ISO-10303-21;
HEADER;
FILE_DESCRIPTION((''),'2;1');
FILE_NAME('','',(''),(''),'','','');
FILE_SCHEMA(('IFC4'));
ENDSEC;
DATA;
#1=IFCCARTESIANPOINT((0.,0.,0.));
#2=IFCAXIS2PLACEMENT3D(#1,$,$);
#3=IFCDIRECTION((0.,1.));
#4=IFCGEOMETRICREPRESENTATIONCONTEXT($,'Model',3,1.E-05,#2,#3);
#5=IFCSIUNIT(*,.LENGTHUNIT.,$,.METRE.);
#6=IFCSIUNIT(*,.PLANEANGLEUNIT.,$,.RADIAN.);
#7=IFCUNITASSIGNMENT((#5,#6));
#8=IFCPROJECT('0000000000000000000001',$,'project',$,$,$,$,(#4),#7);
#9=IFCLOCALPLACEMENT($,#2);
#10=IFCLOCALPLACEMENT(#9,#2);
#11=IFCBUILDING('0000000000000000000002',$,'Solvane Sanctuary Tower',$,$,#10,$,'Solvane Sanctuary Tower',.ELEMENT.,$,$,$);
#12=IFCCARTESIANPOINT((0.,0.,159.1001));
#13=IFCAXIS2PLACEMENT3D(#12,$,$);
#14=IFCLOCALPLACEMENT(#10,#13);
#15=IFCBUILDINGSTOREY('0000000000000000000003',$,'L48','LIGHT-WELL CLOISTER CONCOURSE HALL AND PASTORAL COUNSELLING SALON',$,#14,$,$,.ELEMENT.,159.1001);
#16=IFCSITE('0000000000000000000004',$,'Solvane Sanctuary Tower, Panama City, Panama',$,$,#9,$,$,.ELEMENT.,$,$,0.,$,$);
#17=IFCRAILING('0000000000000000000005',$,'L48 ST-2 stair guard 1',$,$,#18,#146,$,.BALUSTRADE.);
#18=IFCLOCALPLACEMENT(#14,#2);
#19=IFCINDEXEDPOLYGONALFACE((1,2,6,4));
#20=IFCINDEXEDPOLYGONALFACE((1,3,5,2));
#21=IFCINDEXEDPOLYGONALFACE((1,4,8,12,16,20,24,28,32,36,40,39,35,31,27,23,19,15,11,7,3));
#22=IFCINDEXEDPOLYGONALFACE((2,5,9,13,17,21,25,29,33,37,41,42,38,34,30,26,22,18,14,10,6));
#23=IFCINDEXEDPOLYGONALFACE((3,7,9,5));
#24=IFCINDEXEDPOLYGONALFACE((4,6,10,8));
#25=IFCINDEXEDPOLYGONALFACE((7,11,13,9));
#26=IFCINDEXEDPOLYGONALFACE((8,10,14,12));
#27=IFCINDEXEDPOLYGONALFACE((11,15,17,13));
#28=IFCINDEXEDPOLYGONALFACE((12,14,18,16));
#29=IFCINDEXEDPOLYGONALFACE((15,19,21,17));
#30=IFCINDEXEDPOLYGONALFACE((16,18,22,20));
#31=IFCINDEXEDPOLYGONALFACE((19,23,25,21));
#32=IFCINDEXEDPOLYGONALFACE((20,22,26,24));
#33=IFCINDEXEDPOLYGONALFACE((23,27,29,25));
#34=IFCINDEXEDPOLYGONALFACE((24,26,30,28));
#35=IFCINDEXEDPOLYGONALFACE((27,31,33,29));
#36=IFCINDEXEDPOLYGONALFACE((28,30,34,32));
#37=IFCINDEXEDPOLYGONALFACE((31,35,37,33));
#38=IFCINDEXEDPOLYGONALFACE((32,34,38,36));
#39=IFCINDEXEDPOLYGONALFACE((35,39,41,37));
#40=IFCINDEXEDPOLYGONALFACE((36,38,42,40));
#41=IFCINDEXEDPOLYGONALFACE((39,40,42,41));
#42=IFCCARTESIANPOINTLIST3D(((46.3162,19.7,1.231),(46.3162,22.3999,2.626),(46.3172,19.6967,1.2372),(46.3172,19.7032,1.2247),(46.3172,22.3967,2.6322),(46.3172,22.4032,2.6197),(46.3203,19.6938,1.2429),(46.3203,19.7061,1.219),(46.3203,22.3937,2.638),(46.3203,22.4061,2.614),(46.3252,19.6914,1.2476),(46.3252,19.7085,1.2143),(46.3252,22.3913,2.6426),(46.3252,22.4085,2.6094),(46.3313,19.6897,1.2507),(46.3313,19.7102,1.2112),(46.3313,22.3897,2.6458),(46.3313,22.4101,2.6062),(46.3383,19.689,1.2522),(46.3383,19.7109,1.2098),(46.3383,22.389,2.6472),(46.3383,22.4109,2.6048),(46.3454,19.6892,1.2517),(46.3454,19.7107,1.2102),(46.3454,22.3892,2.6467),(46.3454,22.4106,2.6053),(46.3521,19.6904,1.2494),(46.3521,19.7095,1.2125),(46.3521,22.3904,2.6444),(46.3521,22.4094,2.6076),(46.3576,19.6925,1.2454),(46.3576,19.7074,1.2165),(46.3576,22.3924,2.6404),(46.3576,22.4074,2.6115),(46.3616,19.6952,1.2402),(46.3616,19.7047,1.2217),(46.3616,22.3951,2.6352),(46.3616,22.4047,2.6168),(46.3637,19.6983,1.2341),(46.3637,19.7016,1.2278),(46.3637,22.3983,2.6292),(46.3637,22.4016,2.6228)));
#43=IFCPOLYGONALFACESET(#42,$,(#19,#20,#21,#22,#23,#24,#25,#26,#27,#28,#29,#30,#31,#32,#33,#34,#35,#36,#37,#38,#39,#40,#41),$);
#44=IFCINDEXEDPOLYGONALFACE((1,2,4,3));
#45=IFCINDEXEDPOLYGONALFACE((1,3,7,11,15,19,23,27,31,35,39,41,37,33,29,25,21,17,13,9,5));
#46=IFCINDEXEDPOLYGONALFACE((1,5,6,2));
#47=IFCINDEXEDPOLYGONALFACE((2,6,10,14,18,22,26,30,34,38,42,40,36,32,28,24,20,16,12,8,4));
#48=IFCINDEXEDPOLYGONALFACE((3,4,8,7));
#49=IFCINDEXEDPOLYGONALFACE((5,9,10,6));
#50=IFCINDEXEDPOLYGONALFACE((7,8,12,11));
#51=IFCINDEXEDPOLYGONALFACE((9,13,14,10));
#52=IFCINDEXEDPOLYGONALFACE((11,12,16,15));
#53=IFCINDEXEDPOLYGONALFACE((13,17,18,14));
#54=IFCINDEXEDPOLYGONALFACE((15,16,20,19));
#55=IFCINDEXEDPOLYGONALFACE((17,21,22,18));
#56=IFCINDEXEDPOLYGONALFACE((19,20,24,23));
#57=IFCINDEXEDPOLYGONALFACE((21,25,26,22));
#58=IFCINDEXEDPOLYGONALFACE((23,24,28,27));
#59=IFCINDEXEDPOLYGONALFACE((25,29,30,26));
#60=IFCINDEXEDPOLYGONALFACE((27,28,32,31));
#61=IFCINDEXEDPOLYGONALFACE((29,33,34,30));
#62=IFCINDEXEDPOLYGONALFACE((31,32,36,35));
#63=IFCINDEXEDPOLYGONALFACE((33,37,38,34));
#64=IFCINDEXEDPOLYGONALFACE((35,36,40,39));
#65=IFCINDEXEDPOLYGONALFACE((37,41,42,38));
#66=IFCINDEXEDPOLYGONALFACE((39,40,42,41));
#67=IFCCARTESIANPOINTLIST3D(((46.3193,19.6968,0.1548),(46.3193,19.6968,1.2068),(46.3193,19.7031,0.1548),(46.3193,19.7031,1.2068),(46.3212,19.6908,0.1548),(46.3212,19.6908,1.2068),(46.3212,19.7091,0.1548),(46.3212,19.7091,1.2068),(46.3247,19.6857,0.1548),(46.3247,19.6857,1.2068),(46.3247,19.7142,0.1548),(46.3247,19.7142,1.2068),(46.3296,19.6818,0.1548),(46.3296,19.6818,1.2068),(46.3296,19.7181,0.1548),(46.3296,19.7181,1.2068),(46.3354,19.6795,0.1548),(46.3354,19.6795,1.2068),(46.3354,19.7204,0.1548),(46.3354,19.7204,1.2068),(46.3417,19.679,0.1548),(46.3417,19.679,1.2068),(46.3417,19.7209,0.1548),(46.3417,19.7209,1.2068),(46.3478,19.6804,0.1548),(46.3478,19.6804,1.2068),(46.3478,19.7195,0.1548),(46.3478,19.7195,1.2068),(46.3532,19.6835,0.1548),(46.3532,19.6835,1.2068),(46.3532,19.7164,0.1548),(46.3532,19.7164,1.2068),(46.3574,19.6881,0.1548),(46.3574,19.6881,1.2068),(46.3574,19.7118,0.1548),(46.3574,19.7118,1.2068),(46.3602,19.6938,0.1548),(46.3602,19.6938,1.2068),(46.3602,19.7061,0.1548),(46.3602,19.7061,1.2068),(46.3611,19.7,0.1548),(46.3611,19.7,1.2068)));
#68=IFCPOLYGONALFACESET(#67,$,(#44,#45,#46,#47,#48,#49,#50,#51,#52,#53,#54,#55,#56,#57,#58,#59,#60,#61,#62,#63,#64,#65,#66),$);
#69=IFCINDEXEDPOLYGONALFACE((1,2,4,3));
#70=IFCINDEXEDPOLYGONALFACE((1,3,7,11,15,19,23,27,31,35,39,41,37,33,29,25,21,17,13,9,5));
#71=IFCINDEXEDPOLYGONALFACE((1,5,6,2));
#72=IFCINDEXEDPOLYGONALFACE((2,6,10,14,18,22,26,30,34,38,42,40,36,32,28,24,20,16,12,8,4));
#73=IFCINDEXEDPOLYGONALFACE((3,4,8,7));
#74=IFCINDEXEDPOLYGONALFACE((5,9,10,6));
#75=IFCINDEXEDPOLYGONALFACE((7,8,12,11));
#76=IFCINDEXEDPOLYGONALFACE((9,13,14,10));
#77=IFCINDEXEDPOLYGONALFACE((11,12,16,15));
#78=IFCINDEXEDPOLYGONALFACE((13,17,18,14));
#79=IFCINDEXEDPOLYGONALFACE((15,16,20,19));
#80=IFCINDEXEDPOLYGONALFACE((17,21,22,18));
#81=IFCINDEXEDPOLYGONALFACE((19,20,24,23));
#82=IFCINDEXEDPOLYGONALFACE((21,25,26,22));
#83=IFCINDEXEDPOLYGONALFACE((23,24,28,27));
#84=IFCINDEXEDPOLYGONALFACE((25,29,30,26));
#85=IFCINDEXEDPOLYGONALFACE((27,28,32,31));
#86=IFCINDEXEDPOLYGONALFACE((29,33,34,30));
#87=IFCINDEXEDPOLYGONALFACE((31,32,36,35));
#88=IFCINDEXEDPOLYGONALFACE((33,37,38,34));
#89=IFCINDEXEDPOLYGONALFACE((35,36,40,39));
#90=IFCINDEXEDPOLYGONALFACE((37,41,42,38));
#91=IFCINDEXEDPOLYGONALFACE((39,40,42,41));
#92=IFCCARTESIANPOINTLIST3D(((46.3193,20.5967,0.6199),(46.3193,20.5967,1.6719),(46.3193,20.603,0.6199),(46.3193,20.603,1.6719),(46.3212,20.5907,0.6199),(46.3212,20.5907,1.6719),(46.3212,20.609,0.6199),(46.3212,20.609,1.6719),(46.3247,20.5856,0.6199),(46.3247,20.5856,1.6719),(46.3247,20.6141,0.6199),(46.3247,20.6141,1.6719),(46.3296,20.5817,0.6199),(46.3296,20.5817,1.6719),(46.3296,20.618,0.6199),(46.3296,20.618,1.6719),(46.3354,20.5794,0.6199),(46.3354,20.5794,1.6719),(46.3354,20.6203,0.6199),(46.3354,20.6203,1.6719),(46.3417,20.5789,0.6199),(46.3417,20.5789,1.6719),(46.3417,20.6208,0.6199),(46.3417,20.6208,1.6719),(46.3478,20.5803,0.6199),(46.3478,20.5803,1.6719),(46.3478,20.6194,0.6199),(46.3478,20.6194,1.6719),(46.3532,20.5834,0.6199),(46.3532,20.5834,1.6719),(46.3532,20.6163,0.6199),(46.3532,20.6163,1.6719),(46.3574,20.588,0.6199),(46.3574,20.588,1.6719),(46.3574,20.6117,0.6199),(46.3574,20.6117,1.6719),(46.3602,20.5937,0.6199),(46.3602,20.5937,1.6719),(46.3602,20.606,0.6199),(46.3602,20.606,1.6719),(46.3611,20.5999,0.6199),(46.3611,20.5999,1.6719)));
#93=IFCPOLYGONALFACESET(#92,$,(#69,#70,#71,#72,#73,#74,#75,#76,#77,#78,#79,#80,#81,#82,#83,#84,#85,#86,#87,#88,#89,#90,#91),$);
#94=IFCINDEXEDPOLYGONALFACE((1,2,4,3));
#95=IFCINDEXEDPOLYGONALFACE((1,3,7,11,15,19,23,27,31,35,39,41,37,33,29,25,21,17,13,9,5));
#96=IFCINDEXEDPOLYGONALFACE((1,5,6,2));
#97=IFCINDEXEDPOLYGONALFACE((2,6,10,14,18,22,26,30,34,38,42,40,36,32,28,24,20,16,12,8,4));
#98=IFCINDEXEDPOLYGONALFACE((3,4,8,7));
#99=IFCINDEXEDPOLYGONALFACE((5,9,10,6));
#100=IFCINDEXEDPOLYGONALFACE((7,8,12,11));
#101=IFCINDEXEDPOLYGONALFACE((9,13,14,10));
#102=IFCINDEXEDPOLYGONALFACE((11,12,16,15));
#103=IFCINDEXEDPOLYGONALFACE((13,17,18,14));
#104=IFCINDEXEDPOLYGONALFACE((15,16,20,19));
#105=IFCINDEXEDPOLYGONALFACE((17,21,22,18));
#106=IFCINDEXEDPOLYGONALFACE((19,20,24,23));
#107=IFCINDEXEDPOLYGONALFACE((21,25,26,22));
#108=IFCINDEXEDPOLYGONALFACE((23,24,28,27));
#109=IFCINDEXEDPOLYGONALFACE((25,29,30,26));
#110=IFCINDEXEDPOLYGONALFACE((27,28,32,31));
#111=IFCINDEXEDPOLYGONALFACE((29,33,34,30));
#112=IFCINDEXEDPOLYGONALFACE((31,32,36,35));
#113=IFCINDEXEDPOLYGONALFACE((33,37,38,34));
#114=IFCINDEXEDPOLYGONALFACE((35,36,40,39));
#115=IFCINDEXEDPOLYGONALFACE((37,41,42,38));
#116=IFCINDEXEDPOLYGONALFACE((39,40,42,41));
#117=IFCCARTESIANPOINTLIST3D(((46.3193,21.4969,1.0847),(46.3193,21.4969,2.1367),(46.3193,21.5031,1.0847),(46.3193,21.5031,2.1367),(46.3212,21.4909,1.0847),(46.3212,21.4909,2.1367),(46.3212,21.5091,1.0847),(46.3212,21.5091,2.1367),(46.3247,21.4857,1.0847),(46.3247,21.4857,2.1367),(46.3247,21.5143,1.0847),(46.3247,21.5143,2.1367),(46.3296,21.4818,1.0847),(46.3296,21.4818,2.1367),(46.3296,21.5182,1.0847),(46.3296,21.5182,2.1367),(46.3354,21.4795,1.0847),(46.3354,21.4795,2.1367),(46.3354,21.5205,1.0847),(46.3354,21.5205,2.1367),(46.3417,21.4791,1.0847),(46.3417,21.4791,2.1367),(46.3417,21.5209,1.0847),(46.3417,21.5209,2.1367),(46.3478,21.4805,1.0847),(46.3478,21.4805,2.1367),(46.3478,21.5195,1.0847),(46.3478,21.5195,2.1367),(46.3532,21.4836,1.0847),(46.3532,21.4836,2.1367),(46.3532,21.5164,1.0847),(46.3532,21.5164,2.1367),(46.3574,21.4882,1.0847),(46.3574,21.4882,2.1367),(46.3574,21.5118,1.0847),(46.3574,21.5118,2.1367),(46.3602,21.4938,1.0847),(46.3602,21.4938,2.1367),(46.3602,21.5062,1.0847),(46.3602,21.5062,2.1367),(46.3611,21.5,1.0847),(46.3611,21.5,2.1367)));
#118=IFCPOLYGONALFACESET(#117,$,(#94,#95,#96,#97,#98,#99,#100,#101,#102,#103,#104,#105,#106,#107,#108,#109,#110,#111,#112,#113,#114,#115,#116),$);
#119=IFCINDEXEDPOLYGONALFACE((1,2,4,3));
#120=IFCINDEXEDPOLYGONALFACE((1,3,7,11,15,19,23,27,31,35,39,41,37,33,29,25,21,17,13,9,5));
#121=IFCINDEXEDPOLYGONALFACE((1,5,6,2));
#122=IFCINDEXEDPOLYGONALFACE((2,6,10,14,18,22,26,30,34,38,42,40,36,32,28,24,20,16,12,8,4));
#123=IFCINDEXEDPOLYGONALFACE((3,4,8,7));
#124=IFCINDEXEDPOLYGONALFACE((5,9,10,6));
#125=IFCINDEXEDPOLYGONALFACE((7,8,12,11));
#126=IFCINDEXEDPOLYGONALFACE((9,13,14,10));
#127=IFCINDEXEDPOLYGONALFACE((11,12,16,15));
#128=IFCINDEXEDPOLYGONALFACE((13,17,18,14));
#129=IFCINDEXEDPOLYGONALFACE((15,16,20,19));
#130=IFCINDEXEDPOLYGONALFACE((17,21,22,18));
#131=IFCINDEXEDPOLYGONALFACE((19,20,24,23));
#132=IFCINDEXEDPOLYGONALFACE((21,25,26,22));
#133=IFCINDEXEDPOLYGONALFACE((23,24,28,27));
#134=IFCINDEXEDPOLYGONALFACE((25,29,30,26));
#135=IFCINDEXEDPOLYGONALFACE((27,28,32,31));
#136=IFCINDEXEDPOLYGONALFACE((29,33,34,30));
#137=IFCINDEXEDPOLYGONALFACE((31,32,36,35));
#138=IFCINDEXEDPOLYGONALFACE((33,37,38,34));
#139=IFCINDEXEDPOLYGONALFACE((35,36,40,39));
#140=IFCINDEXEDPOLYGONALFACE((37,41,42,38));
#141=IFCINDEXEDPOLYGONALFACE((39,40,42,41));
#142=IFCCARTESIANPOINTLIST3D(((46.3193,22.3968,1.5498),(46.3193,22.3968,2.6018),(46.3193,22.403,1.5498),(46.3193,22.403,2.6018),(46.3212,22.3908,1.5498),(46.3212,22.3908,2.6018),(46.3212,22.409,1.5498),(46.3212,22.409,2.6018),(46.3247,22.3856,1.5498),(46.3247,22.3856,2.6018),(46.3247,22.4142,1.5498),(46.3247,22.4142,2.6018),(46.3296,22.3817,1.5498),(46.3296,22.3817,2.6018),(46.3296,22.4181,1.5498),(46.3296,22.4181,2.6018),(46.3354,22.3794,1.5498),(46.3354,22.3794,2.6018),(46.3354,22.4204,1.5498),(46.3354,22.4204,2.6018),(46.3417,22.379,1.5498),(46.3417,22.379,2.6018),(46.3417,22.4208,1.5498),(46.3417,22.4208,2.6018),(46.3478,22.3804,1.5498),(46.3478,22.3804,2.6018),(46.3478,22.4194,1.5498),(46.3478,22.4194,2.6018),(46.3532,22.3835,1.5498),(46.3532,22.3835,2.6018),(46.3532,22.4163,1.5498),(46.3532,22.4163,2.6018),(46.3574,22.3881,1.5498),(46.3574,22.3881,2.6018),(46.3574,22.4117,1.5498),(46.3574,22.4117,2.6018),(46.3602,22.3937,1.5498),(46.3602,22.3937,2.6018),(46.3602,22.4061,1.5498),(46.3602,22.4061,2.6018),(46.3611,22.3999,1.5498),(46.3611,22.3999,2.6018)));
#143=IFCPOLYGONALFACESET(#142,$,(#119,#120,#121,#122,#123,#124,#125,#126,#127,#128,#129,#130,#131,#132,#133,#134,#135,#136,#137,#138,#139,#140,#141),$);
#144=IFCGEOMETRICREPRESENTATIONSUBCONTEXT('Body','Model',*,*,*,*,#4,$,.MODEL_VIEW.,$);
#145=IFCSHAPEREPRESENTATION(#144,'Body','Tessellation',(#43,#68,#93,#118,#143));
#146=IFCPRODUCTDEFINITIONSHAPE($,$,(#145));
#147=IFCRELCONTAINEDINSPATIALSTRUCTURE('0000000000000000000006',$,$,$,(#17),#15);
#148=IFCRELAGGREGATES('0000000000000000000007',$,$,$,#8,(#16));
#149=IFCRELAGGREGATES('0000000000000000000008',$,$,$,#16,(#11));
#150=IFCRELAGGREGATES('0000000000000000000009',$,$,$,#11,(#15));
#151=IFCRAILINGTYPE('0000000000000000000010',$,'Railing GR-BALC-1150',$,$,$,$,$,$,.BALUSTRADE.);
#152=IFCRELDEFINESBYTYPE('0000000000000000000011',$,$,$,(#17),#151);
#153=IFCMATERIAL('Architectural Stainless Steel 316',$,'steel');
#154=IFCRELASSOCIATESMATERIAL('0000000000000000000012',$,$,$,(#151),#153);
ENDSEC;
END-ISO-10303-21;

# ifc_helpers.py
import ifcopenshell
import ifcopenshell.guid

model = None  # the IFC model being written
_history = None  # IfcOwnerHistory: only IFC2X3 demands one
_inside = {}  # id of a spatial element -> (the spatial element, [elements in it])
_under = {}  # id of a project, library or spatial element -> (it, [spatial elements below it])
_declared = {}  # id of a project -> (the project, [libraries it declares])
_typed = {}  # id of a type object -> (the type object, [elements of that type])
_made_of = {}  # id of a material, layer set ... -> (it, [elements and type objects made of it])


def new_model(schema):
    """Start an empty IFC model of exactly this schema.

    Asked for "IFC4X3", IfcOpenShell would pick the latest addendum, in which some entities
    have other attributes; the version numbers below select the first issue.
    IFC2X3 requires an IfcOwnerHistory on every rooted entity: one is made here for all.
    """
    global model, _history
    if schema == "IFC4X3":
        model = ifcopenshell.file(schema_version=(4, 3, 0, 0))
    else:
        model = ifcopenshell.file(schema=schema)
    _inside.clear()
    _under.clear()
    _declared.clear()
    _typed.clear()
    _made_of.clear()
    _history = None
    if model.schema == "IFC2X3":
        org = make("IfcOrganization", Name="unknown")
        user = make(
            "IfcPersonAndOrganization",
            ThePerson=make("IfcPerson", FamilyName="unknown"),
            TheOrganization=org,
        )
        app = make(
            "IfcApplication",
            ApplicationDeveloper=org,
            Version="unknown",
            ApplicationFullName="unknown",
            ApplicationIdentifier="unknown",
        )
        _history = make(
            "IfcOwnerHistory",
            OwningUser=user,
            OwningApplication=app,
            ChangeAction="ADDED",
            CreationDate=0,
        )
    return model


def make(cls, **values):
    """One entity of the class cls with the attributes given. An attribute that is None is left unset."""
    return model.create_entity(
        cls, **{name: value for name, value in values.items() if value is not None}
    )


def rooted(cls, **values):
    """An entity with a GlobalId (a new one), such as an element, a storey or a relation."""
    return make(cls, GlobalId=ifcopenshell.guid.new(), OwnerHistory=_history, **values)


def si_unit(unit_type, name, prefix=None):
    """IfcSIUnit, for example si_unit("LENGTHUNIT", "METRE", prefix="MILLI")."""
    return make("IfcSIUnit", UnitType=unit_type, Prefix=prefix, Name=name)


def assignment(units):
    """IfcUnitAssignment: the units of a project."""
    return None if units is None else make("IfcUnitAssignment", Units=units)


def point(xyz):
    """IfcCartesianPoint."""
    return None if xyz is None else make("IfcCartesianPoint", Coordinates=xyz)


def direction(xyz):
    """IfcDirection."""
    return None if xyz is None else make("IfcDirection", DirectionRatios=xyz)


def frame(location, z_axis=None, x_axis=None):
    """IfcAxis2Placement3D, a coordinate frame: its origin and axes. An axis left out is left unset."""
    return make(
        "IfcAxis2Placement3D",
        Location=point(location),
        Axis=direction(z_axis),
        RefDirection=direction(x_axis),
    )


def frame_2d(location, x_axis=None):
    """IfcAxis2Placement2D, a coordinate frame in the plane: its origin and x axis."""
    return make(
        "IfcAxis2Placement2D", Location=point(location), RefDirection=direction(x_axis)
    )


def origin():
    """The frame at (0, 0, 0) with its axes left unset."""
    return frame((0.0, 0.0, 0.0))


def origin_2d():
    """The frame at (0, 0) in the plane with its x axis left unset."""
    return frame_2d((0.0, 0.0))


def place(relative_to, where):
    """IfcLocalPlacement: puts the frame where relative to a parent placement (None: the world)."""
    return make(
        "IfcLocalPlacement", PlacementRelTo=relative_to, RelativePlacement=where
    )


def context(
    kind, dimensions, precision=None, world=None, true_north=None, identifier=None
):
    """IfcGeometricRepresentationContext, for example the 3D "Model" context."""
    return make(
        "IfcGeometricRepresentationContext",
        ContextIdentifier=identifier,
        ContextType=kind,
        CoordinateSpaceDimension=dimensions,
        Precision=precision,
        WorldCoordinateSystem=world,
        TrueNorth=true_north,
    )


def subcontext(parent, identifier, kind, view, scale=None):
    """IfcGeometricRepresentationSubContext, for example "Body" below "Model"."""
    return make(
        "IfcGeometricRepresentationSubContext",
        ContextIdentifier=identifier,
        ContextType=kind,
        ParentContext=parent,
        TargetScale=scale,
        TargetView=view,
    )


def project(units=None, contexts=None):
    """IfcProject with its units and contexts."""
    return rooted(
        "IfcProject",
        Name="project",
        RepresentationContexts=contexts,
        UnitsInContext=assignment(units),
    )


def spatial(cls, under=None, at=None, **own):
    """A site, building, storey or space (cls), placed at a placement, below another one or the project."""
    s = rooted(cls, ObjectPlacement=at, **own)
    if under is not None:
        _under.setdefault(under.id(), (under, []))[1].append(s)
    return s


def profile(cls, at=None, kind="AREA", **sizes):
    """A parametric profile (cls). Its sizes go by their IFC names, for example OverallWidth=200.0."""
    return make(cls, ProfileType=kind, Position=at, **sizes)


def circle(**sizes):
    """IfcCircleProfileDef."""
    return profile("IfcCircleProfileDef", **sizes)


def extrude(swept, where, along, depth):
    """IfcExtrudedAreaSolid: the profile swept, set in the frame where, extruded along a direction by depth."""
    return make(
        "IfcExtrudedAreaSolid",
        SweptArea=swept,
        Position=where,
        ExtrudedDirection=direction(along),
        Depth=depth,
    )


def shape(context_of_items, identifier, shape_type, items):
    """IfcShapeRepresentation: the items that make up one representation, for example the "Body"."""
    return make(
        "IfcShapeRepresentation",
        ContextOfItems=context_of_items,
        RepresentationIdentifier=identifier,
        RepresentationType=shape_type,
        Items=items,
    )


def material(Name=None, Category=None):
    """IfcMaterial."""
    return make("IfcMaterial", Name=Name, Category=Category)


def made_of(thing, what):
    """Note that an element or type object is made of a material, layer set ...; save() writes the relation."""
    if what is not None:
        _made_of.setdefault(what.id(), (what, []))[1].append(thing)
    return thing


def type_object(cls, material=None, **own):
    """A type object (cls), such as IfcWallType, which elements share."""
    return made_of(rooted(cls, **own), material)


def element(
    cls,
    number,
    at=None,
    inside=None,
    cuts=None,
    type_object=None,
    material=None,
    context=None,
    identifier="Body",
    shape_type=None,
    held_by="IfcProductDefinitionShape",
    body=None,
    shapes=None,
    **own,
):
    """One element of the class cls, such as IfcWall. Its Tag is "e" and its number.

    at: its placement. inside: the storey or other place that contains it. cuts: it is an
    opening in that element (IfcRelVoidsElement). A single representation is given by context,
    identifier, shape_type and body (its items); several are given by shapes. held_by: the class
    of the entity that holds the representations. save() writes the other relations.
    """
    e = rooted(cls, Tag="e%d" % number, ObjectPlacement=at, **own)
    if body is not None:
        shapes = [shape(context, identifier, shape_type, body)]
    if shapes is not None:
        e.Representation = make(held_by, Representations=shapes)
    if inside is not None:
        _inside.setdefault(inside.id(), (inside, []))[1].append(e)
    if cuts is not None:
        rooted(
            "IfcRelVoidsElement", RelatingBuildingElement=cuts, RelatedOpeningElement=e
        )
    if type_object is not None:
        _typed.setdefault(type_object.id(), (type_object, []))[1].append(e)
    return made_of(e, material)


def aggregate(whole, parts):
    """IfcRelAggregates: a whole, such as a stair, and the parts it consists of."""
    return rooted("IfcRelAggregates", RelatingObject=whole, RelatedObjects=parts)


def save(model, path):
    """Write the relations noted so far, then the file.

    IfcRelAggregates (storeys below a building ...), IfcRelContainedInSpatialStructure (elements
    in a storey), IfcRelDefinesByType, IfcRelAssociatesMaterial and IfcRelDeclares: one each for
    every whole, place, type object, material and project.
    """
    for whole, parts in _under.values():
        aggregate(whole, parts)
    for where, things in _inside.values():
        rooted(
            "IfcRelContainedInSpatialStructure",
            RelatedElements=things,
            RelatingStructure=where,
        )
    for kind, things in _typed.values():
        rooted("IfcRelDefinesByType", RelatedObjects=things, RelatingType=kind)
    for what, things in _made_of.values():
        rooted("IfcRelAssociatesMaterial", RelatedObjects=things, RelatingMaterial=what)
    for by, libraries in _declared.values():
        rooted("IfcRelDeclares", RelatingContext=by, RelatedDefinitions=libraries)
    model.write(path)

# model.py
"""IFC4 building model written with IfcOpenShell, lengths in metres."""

from ifc_helpers import new_model, si_unit, direction, frame, origin, origin_2d, place, context, subcontext, project, spatial, circle, extrude, material, type_object, element, save


model = new_model("IFC4")

# Units and contexts
model_context = context("Model", 3, precision=1e-05, world=origin(), true_north=direction((0.0, 1.0)))
body_context = subcontext(model_context, "Body", "Model", "MODEL_VIEW")
ifc_project = project(units=[si_unit("LENGTHUNIT", "METRE"), si_unit("PLANEANGLEUNIT", "RADIAN")], contexts=[model_context])

# Site, building, storey
site_placement = place(None, origin())
site = spatial("IfcSite", under=ifc_project, at=site_placement, Name="Solvane Sanctuary Tower, Panama City, Panama", CompositionType="ELEMENT", RefElevation=0.0)
building_placement = place(site_placement, origin())
building = spatial("IfcBuilding", under=site, at=building_placement, Name="Solvane Sanctuary Tower", LongName="Solvane Sanctuary Tower", CompositionType="ELEMENT")
storey_placement = place(building_placement, frame((0.0, 0.0, 159.1001)))
storey = spatial("IfcBuildingStorey", under=building, at=storey_placement, Name="L48", Description="LIGHT-WELL CLOISTER CONCOURSE HALL AND PASTORAL COUNSELLING SALON", CompositionType="ELEMENT", Elevation=159.1001)

# Railing
ifc_material_1 = material(Name="Architectural Stainless Steel 316", Category="steel")
railing_type_1 = type_object("IfcRailingType", Name="Railing GR-BALC-1150", PredefinedType="BALUSTRADE", material=ifc_material_1)
railing_1_placement = place(storey_placement, frame((46.3401, 19.7, 0.1548)))
element("IfcRailing", 1, at=railing_1_placement, inside=storey, type_object=railing_type_1, Name="L48 ST-2 stair guard 1", PredefinedType="BALUSTRADE", context=body_context, shape_type="SweptSolid", body=[
    extrude(circle(Radius=0.0239, at=origin_2d()), frame((0.0, 0.0, 1.0762), z_axis=(0.0, 0.88842, 0.459032), x_axis=(-1.0, 0.0, 0.0)), (0.0, 0.0, 1.0), 3.0391),
    extrude(circle(Radius=0.021, at=origin_2d()), origin(), (0.0, 0.0, 1.0), 1.052),
    extrude(circle(Radius=0.021, at=origin_2d()), frame((0.0, 0.8999, 0.4651)), (0.0, 0.0, 1.0), 1.052),
    extrude(circle(Radius=0.021, at=origin_2d()), frame((0.0, 1.8, 0.9299)), (0.0, 0.0, 1.0), 1.052),
    extrude(circle(Radius=0.021, at=origin_2d()), frame((0.0, 2.7, 1.395)), (0.0, 0.0, 1.0), 1.052),
])

save(model, "model.ifc")
